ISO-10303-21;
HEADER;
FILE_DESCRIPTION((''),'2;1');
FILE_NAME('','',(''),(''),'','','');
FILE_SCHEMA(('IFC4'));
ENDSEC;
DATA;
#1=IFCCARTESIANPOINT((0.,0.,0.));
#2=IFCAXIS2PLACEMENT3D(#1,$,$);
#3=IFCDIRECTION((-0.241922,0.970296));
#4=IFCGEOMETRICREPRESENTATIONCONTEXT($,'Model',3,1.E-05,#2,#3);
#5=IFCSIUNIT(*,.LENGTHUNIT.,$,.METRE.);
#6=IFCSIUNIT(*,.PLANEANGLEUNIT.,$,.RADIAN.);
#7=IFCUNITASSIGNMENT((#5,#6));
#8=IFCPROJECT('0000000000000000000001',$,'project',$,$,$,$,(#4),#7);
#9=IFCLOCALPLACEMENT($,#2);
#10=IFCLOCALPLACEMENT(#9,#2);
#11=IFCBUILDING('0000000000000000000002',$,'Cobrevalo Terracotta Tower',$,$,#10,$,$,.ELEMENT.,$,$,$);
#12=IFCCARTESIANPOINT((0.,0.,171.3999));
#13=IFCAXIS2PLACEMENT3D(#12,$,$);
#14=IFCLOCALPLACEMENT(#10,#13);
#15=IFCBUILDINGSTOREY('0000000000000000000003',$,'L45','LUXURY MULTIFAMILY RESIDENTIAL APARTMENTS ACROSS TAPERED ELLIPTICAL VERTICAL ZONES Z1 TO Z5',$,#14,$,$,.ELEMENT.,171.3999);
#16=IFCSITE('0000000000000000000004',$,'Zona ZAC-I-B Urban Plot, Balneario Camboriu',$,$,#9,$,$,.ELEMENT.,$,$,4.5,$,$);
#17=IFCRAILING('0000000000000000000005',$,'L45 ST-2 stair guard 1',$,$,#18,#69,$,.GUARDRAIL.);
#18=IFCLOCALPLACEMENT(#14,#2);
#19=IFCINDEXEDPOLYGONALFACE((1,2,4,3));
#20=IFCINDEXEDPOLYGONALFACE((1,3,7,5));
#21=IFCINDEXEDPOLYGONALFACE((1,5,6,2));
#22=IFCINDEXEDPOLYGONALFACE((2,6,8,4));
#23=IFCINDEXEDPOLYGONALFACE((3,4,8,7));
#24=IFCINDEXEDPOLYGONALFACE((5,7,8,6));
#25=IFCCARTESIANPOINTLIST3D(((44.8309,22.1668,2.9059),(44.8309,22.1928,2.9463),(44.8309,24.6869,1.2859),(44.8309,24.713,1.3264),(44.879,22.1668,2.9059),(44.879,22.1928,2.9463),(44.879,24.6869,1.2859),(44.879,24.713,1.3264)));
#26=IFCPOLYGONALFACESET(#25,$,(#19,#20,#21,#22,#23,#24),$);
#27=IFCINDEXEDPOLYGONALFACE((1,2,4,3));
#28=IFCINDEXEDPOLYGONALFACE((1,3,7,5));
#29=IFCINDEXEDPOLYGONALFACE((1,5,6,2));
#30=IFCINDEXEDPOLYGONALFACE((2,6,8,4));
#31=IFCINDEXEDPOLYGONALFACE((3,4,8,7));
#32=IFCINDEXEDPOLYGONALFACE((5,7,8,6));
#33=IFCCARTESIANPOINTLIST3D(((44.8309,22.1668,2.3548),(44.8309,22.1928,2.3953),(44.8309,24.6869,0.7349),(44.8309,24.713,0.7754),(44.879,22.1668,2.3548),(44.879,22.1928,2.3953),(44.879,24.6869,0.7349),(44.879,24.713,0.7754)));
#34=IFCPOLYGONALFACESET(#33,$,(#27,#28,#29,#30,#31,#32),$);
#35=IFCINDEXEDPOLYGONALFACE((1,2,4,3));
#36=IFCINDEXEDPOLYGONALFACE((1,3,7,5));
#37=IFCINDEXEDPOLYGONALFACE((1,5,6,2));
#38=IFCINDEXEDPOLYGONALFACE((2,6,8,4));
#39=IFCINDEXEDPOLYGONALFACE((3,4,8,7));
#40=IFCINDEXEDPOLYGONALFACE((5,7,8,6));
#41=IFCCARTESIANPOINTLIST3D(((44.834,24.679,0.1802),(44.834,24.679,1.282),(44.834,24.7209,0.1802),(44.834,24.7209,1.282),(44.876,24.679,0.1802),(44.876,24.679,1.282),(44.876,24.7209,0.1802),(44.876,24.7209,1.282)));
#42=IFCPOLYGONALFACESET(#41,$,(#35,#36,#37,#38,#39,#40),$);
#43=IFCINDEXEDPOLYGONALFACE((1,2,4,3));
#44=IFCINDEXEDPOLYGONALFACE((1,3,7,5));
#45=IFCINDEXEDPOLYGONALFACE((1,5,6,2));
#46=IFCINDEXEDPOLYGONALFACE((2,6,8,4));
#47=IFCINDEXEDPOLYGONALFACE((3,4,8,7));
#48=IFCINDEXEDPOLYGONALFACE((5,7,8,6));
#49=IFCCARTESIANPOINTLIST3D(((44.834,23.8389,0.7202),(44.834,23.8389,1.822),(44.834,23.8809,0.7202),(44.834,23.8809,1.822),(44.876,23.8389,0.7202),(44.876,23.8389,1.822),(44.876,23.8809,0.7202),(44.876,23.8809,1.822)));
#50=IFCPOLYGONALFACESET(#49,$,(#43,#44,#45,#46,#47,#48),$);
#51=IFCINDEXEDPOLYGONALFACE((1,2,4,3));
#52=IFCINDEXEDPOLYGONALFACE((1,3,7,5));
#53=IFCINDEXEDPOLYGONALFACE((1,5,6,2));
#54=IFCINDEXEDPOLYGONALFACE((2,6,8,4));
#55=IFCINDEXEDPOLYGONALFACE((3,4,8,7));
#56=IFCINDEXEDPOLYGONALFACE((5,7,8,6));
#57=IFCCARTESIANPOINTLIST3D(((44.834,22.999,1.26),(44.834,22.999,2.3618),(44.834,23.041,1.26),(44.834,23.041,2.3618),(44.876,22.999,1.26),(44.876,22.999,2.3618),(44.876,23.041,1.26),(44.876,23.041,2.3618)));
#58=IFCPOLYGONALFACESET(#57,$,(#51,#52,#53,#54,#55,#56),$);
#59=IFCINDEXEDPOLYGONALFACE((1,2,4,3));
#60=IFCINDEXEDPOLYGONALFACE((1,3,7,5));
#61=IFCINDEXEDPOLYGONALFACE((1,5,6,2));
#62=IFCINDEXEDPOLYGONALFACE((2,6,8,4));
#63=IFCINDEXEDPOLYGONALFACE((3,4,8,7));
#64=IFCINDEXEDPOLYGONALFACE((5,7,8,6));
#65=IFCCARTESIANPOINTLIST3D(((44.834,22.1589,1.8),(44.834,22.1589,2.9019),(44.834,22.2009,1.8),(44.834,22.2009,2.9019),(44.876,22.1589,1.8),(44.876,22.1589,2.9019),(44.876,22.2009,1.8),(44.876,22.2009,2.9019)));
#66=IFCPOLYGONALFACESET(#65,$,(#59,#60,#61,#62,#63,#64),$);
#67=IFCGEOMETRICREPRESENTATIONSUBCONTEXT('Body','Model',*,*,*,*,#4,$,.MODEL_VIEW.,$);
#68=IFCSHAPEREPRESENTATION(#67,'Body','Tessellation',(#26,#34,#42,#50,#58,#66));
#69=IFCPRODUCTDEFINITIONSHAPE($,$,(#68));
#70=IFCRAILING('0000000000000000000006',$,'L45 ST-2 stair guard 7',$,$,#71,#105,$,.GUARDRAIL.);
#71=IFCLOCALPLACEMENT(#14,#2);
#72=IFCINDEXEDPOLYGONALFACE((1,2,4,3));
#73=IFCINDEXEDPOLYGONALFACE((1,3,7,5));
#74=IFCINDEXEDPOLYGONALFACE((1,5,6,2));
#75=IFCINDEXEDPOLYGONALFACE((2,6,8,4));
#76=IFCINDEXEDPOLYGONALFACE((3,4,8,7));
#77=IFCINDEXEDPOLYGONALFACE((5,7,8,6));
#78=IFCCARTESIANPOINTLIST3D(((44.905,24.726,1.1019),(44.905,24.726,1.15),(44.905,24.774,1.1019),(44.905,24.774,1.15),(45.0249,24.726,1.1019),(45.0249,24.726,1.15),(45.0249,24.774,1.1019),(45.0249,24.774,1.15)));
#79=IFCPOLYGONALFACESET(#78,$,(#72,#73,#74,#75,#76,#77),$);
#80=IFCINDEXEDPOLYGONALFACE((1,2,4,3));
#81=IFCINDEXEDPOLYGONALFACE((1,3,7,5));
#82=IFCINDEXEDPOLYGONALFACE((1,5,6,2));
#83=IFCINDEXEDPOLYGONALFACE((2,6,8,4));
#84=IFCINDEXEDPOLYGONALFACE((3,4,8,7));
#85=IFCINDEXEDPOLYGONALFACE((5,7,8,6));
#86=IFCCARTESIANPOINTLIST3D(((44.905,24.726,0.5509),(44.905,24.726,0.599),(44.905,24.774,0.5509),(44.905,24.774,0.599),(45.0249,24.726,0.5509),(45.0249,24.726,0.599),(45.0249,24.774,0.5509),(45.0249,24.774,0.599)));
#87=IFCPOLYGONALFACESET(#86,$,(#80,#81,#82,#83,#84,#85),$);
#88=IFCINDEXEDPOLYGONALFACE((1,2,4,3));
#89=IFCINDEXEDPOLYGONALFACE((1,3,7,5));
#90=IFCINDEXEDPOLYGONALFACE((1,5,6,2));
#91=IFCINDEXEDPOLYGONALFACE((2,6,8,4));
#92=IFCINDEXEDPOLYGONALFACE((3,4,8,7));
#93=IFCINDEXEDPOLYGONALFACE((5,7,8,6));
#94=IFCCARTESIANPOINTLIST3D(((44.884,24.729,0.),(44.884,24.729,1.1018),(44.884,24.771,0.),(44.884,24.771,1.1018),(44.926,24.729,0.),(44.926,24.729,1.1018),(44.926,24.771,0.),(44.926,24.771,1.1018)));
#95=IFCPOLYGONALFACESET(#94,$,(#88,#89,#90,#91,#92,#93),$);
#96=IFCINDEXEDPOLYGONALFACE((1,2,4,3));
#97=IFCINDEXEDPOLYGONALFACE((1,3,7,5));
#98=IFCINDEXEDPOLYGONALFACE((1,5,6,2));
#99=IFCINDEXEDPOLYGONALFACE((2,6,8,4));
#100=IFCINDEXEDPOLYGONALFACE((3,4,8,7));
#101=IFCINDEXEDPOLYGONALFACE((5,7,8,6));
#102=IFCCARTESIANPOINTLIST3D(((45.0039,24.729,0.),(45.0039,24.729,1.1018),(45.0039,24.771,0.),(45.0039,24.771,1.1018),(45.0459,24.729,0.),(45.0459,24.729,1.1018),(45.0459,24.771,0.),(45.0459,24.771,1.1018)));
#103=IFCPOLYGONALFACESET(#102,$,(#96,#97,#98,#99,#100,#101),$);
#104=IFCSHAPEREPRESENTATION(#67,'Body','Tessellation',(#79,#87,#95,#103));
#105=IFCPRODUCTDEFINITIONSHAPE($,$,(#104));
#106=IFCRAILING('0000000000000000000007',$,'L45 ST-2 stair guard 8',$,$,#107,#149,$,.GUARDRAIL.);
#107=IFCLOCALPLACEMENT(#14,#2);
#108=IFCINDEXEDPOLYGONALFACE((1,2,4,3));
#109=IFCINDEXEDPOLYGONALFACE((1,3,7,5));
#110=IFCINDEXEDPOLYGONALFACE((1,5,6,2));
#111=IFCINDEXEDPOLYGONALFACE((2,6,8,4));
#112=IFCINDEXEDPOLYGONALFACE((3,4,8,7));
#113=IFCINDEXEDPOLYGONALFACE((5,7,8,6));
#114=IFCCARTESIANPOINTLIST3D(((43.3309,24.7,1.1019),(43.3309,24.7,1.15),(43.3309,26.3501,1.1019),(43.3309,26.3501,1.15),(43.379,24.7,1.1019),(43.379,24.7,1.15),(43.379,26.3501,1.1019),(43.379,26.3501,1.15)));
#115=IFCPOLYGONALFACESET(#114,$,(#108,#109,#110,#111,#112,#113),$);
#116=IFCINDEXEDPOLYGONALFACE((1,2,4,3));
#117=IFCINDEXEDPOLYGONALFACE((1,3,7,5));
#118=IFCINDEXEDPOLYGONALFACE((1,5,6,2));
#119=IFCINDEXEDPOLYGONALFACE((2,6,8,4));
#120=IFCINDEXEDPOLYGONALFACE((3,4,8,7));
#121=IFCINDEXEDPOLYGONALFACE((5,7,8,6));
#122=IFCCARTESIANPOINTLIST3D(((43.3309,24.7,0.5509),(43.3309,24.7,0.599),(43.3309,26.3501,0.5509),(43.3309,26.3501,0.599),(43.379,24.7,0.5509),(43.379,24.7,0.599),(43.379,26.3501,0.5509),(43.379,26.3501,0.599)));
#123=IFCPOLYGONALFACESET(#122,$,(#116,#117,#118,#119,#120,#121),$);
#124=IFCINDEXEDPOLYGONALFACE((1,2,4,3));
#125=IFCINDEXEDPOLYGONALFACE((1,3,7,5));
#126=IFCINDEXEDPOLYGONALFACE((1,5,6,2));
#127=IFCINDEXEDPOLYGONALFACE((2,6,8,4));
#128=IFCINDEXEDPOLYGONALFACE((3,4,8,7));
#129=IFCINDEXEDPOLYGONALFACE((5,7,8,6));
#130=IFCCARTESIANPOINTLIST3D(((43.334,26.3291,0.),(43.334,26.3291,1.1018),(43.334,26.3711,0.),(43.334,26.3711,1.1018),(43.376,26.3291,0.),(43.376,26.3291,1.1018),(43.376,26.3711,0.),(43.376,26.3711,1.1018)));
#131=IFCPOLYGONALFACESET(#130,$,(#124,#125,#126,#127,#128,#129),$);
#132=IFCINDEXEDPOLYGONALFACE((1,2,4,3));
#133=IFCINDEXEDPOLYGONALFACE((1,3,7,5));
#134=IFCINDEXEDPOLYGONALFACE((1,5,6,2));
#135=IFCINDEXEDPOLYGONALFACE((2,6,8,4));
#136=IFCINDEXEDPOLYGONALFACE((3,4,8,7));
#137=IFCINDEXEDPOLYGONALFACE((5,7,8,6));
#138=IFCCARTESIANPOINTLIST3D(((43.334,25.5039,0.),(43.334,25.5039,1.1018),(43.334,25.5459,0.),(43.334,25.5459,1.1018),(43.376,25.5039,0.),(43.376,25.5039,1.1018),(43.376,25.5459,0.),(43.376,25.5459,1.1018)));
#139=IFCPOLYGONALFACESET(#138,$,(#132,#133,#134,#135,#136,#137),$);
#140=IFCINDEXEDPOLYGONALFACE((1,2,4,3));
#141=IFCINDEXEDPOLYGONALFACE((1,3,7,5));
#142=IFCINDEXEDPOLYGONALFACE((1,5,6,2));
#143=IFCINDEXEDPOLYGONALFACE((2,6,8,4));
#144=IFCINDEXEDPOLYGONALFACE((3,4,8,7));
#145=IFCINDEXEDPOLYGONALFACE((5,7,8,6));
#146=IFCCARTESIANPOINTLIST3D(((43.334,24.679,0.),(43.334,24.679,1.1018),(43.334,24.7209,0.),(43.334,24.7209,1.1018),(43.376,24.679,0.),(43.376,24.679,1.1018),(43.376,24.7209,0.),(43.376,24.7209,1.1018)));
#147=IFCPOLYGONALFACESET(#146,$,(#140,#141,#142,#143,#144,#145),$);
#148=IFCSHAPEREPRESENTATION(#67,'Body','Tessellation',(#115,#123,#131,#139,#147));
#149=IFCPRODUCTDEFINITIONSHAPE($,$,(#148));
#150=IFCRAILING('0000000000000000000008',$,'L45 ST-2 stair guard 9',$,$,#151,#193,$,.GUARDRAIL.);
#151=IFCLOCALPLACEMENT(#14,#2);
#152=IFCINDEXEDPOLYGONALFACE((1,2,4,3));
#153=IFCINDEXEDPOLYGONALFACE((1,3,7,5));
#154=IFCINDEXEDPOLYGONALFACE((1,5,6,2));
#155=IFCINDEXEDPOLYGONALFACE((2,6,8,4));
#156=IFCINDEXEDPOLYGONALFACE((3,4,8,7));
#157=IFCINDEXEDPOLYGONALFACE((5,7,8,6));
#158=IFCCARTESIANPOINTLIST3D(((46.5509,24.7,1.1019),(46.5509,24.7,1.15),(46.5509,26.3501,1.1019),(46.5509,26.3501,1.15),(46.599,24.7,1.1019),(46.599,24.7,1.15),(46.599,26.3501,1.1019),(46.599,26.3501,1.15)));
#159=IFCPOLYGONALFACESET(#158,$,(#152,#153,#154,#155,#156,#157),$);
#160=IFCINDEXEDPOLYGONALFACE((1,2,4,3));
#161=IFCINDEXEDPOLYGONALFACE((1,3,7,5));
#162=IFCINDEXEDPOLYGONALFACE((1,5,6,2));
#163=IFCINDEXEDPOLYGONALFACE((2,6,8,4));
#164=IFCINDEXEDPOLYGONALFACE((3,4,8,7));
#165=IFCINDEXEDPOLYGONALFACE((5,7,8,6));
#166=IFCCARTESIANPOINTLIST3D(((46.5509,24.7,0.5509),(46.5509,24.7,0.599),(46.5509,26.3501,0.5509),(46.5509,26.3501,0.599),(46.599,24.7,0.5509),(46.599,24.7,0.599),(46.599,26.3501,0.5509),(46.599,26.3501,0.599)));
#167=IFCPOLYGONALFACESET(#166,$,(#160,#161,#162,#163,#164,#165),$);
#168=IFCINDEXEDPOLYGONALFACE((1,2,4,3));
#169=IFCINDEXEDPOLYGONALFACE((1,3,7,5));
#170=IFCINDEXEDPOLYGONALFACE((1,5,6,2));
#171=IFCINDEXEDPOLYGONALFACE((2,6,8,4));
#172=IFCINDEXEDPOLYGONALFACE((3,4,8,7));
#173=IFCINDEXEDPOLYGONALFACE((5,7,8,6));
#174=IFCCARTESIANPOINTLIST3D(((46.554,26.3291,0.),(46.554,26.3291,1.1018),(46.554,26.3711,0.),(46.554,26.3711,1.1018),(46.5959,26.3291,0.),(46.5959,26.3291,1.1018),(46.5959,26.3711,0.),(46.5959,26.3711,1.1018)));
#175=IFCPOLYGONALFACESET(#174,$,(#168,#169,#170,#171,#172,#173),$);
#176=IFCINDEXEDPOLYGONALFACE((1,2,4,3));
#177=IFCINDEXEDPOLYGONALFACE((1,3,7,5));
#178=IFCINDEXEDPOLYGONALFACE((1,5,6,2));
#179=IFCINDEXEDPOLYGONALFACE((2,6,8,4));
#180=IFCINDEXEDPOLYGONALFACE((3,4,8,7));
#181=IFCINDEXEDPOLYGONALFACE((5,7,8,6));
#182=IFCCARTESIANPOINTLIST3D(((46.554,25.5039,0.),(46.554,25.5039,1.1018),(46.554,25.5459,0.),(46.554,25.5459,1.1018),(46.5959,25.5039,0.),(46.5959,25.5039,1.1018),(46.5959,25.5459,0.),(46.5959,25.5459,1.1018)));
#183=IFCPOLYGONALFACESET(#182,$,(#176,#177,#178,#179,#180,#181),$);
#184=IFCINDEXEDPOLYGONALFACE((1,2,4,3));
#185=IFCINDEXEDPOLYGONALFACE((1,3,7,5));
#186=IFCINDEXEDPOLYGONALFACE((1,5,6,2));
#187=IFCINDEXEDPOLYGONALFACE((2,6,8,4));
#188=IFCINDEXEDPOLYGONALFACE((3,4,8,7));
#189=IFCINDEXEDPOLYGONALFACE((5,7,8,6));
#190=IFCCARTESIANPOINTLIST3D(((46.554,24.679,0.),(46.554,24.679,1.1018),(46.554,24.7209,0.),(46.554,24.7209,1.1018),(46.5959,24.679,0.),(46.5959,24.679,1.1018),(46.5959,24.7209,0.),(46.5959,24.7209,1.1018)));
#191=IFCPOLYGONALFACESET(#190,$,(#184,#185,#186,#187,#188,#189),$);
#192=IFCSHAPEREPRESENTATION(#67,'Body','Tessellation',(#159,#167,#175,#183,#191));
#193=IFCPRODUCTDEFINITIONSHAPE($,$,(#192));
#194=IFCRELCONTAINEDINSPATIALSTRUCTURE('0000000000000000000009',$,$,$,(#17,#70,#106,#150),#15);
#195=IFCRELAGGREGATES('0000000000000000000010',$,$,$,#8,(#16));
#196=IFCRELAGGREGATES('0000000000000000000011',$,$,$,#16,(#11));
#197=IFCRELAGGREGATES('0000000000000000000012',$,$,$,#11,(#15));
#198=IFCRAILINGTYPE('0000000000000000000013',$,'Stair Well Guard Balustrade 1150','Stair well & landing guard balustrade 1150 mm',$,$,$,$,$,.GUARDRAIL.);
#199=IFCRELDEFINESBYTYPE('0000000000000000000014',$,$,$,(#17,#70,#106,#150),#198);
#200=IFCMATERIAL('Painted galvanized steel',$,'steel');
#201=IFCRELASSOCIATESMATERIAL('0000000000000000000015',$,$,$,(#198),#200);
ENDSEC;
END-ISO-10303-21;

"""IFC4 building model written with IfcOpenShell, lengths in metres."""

from ifc_helpers import new_model, si_unit, direction, frame, origin, origin_2d, place, context, subcontext, project, spatial, rectangle, extrude, material, type_object, element, save


model = new_model("IFC4")

# Units and contexts
model_context = context("Model", 3, precision=1e-05, world=origin(), true_north=direction((-0.241922, 0.970296)))
body_context = subcontext(model_context, "Body", "Model", "MODEL_VIEW")
ifc_project = project(units=[si_unit("LENGTHUNIT", "METRE"), si_unit("PLANEANGLEUNIT", "RADIAN")], contexts=[model_context])

# Site, building, storey
site_placement = place(None, origin())
site = spatial("IfcSite", under=ifc_project, at=site_placement, Name="Zona ZAC-I-B Urban Plot, Balneario Camboriu", CompositionType="ELEMENT", RefElevation=4.5)
building_placement = place(site_placement, origin())
building = spatial("IfcBuilding", under=site, at=building_placement, Name="Cobrevalo Terracotta Tower", CompositionType="ELEMENT")
storey_placement = place(building_placement, frame((0.0, 0.0, 171.3999)))
storey = spatial("IfcBuildingStorey", under=building, at=storey_placement, Name="L45", Description="LUXURY MULTIFAMILY RESIDENTIAL APARTMENTS ACROSS TAPERED ELLIPTICAL VERTICAL ZONES Z1 TO Z5", CompositionType="ELEMENT", Elevation=171.3999)

# Railings
ifc_material_1 = material(Name="Painted galvanized steel", Category="steel")
railing_type_1 = type_object("IfcRailingType", Name="Stair Well Guard Balustrade 1150", Description="Stair well & landing guard balustrade 1150 mm", PredefinedType="GUARDRAIL", material=ifc_material_1)
railing_1_placement = place(storey_placement, frame((44.855, 24.7, 0.1802)))
element("IfcRailing", 1, at=railing_1_placement, inside=storey, type_object=railing_type_1, Name="L45 ST-2 stair guard 1", PredefinedType="GUARDRAIL", context=body_context, shape_type="SweptSolid", body=[
    extrude(rectangle(XDim=0.0481, YDim=0.0481, at=origin_2d()), frame((0.0, 0.0, 1.126), z_axis=(0.0, -0.8412, 0.540725), x_axis=(1.0, 0.0, 0.0)), (0.0, 0.0, 1.0), 2.9958),
    extrude(rectangle(XDim=0.0481, YDim=0.0481, at=origin_2d()), frame((0.0, 0.0, 0.575), z_axis=(0.0, -0.8412, 0.540725), x_axis=(1.0, 0.0, 0.0)), (0.0, 0.0, 1.0), 2.9958),
    extrude(rectangle(XDim=0.042, YDim=0.042, at=origin_2d()), origin(), (0.0, 0.0, 1.0), 1.1018),
    extrude(rectangle(XDim=0.042, YDim=0.042, at=origin_2d()), frame((0.0, -0.8401, 0.54)), (0.0, 0.0, 1.0), 1.1018),
    extrude(rectangle(XDim=0.042, YDim=0.042, at=origin_2d()), frame((0.0, -1.6799, 1.0798)), (0.0, 0.0, 1.0), 1.1018),
    extrude(rectangle(XDim=0.042, YDim=0.042, at=origin_2d()), frame((0.0, -2.52, 1.6199)), (0.0, 0.0, 1.0), 1.1018),
])
railing_2_placement = place(storey_placement, frame((44.905, 24.75, 0.0)))
element("IfcRailing", 2, at=railing_2_placement, inside=storey, type_object=railing_type_1, Name="L45 ST-2 stair guard 7", PredefinedType="GUARDRAIL", context=body_context, shape_type="SweptSolid", body=[
    extrude(rectangle(XDim=0.0481, YDim=0.0481, at=origin_2d()), frame((0.0, 0.0, 1.126), z_axis=(1.0, 0.0, 0.0), x_axis=(0.0, 1.0, 0.0)), (0.0, 0.0, 1.0), 0.1199),
    extrude(rectangle(XDim=0.0481, YDim=0.0481, at=origin_2d()), frame((0.0, 0.0, 0.575), z_axis=(1.0, 0.0, 0.0), x_axis=(0.0, 1.0, 0.0)), (0.0, 0.0, 1.0), 0.1199),
    extrude(rectangle(XDim=0.042, YDim=0.042, at=origin_2d()), origin(), (0.0, 0.0, 1.0), 1.1018),
    extrude(rectangle(XDim=0.042, YDim=0.042, at=origin_2d()), frame((0.1199, 0.0, 0.0)), (0.0, 0.0, 1.0), 1.1018),
])
for number, where, name in (
    (3, (43.355, 26.3501, 0.0), "L45 ST-2 stair guard 8"),
    (4, (46.575, 26.3501, 0.0), "L45 ST-2 stair guard 9"),
):
    element("IfcRailing", number, at=place(storey_placement, frame(where)), inside=storey, type_object=railing_type_1, Name=name, PredefinedType="GUARDRAIL", context=body_context, shape_type="SweptSolid", body=[
        extrude(rectangle(XDim=0.0481, YDim=0.0481, at=origin_2d()), frame((0.0, 0.0, 1.126), z_axis=(0.0, -1.0, 0.0), x_axis=(1.0, 0.0, 0.0)), (0.0, 0.0, 1.0), 1.6501),
        extrude(rectangle(XDim=0.0481, YDim=0.0481, at=origin_2d()), frame((0.0, 0.0, 0.575), z_axis=(0.0, -1.0, 0.0), x_axis=(1.0, 0.0, 0.0)), (0.0, 0.0, 1.0), 1.6501),
        extrude(rectangle(XDim=0.042, YDim=0.042, at=origin_2d()), origin(), (0.0, 0.0, 1.0), 1.1018),
        extrude(rectangle(XDim=0.042, YDim=0.042, at=origin_2d()), frame((0.0, -0.8252, 0.0)), (0.0, 0.0, 1.0), 1.1018),
        extrude(rectangle(XDim=0.042, YDim=0.042, at=origin_2d()), frame((0.0, -1.6501, 0.0)), (0.0, 0.0, 1.0), 1.1018),
    ])

save(model, "model.ifc")
